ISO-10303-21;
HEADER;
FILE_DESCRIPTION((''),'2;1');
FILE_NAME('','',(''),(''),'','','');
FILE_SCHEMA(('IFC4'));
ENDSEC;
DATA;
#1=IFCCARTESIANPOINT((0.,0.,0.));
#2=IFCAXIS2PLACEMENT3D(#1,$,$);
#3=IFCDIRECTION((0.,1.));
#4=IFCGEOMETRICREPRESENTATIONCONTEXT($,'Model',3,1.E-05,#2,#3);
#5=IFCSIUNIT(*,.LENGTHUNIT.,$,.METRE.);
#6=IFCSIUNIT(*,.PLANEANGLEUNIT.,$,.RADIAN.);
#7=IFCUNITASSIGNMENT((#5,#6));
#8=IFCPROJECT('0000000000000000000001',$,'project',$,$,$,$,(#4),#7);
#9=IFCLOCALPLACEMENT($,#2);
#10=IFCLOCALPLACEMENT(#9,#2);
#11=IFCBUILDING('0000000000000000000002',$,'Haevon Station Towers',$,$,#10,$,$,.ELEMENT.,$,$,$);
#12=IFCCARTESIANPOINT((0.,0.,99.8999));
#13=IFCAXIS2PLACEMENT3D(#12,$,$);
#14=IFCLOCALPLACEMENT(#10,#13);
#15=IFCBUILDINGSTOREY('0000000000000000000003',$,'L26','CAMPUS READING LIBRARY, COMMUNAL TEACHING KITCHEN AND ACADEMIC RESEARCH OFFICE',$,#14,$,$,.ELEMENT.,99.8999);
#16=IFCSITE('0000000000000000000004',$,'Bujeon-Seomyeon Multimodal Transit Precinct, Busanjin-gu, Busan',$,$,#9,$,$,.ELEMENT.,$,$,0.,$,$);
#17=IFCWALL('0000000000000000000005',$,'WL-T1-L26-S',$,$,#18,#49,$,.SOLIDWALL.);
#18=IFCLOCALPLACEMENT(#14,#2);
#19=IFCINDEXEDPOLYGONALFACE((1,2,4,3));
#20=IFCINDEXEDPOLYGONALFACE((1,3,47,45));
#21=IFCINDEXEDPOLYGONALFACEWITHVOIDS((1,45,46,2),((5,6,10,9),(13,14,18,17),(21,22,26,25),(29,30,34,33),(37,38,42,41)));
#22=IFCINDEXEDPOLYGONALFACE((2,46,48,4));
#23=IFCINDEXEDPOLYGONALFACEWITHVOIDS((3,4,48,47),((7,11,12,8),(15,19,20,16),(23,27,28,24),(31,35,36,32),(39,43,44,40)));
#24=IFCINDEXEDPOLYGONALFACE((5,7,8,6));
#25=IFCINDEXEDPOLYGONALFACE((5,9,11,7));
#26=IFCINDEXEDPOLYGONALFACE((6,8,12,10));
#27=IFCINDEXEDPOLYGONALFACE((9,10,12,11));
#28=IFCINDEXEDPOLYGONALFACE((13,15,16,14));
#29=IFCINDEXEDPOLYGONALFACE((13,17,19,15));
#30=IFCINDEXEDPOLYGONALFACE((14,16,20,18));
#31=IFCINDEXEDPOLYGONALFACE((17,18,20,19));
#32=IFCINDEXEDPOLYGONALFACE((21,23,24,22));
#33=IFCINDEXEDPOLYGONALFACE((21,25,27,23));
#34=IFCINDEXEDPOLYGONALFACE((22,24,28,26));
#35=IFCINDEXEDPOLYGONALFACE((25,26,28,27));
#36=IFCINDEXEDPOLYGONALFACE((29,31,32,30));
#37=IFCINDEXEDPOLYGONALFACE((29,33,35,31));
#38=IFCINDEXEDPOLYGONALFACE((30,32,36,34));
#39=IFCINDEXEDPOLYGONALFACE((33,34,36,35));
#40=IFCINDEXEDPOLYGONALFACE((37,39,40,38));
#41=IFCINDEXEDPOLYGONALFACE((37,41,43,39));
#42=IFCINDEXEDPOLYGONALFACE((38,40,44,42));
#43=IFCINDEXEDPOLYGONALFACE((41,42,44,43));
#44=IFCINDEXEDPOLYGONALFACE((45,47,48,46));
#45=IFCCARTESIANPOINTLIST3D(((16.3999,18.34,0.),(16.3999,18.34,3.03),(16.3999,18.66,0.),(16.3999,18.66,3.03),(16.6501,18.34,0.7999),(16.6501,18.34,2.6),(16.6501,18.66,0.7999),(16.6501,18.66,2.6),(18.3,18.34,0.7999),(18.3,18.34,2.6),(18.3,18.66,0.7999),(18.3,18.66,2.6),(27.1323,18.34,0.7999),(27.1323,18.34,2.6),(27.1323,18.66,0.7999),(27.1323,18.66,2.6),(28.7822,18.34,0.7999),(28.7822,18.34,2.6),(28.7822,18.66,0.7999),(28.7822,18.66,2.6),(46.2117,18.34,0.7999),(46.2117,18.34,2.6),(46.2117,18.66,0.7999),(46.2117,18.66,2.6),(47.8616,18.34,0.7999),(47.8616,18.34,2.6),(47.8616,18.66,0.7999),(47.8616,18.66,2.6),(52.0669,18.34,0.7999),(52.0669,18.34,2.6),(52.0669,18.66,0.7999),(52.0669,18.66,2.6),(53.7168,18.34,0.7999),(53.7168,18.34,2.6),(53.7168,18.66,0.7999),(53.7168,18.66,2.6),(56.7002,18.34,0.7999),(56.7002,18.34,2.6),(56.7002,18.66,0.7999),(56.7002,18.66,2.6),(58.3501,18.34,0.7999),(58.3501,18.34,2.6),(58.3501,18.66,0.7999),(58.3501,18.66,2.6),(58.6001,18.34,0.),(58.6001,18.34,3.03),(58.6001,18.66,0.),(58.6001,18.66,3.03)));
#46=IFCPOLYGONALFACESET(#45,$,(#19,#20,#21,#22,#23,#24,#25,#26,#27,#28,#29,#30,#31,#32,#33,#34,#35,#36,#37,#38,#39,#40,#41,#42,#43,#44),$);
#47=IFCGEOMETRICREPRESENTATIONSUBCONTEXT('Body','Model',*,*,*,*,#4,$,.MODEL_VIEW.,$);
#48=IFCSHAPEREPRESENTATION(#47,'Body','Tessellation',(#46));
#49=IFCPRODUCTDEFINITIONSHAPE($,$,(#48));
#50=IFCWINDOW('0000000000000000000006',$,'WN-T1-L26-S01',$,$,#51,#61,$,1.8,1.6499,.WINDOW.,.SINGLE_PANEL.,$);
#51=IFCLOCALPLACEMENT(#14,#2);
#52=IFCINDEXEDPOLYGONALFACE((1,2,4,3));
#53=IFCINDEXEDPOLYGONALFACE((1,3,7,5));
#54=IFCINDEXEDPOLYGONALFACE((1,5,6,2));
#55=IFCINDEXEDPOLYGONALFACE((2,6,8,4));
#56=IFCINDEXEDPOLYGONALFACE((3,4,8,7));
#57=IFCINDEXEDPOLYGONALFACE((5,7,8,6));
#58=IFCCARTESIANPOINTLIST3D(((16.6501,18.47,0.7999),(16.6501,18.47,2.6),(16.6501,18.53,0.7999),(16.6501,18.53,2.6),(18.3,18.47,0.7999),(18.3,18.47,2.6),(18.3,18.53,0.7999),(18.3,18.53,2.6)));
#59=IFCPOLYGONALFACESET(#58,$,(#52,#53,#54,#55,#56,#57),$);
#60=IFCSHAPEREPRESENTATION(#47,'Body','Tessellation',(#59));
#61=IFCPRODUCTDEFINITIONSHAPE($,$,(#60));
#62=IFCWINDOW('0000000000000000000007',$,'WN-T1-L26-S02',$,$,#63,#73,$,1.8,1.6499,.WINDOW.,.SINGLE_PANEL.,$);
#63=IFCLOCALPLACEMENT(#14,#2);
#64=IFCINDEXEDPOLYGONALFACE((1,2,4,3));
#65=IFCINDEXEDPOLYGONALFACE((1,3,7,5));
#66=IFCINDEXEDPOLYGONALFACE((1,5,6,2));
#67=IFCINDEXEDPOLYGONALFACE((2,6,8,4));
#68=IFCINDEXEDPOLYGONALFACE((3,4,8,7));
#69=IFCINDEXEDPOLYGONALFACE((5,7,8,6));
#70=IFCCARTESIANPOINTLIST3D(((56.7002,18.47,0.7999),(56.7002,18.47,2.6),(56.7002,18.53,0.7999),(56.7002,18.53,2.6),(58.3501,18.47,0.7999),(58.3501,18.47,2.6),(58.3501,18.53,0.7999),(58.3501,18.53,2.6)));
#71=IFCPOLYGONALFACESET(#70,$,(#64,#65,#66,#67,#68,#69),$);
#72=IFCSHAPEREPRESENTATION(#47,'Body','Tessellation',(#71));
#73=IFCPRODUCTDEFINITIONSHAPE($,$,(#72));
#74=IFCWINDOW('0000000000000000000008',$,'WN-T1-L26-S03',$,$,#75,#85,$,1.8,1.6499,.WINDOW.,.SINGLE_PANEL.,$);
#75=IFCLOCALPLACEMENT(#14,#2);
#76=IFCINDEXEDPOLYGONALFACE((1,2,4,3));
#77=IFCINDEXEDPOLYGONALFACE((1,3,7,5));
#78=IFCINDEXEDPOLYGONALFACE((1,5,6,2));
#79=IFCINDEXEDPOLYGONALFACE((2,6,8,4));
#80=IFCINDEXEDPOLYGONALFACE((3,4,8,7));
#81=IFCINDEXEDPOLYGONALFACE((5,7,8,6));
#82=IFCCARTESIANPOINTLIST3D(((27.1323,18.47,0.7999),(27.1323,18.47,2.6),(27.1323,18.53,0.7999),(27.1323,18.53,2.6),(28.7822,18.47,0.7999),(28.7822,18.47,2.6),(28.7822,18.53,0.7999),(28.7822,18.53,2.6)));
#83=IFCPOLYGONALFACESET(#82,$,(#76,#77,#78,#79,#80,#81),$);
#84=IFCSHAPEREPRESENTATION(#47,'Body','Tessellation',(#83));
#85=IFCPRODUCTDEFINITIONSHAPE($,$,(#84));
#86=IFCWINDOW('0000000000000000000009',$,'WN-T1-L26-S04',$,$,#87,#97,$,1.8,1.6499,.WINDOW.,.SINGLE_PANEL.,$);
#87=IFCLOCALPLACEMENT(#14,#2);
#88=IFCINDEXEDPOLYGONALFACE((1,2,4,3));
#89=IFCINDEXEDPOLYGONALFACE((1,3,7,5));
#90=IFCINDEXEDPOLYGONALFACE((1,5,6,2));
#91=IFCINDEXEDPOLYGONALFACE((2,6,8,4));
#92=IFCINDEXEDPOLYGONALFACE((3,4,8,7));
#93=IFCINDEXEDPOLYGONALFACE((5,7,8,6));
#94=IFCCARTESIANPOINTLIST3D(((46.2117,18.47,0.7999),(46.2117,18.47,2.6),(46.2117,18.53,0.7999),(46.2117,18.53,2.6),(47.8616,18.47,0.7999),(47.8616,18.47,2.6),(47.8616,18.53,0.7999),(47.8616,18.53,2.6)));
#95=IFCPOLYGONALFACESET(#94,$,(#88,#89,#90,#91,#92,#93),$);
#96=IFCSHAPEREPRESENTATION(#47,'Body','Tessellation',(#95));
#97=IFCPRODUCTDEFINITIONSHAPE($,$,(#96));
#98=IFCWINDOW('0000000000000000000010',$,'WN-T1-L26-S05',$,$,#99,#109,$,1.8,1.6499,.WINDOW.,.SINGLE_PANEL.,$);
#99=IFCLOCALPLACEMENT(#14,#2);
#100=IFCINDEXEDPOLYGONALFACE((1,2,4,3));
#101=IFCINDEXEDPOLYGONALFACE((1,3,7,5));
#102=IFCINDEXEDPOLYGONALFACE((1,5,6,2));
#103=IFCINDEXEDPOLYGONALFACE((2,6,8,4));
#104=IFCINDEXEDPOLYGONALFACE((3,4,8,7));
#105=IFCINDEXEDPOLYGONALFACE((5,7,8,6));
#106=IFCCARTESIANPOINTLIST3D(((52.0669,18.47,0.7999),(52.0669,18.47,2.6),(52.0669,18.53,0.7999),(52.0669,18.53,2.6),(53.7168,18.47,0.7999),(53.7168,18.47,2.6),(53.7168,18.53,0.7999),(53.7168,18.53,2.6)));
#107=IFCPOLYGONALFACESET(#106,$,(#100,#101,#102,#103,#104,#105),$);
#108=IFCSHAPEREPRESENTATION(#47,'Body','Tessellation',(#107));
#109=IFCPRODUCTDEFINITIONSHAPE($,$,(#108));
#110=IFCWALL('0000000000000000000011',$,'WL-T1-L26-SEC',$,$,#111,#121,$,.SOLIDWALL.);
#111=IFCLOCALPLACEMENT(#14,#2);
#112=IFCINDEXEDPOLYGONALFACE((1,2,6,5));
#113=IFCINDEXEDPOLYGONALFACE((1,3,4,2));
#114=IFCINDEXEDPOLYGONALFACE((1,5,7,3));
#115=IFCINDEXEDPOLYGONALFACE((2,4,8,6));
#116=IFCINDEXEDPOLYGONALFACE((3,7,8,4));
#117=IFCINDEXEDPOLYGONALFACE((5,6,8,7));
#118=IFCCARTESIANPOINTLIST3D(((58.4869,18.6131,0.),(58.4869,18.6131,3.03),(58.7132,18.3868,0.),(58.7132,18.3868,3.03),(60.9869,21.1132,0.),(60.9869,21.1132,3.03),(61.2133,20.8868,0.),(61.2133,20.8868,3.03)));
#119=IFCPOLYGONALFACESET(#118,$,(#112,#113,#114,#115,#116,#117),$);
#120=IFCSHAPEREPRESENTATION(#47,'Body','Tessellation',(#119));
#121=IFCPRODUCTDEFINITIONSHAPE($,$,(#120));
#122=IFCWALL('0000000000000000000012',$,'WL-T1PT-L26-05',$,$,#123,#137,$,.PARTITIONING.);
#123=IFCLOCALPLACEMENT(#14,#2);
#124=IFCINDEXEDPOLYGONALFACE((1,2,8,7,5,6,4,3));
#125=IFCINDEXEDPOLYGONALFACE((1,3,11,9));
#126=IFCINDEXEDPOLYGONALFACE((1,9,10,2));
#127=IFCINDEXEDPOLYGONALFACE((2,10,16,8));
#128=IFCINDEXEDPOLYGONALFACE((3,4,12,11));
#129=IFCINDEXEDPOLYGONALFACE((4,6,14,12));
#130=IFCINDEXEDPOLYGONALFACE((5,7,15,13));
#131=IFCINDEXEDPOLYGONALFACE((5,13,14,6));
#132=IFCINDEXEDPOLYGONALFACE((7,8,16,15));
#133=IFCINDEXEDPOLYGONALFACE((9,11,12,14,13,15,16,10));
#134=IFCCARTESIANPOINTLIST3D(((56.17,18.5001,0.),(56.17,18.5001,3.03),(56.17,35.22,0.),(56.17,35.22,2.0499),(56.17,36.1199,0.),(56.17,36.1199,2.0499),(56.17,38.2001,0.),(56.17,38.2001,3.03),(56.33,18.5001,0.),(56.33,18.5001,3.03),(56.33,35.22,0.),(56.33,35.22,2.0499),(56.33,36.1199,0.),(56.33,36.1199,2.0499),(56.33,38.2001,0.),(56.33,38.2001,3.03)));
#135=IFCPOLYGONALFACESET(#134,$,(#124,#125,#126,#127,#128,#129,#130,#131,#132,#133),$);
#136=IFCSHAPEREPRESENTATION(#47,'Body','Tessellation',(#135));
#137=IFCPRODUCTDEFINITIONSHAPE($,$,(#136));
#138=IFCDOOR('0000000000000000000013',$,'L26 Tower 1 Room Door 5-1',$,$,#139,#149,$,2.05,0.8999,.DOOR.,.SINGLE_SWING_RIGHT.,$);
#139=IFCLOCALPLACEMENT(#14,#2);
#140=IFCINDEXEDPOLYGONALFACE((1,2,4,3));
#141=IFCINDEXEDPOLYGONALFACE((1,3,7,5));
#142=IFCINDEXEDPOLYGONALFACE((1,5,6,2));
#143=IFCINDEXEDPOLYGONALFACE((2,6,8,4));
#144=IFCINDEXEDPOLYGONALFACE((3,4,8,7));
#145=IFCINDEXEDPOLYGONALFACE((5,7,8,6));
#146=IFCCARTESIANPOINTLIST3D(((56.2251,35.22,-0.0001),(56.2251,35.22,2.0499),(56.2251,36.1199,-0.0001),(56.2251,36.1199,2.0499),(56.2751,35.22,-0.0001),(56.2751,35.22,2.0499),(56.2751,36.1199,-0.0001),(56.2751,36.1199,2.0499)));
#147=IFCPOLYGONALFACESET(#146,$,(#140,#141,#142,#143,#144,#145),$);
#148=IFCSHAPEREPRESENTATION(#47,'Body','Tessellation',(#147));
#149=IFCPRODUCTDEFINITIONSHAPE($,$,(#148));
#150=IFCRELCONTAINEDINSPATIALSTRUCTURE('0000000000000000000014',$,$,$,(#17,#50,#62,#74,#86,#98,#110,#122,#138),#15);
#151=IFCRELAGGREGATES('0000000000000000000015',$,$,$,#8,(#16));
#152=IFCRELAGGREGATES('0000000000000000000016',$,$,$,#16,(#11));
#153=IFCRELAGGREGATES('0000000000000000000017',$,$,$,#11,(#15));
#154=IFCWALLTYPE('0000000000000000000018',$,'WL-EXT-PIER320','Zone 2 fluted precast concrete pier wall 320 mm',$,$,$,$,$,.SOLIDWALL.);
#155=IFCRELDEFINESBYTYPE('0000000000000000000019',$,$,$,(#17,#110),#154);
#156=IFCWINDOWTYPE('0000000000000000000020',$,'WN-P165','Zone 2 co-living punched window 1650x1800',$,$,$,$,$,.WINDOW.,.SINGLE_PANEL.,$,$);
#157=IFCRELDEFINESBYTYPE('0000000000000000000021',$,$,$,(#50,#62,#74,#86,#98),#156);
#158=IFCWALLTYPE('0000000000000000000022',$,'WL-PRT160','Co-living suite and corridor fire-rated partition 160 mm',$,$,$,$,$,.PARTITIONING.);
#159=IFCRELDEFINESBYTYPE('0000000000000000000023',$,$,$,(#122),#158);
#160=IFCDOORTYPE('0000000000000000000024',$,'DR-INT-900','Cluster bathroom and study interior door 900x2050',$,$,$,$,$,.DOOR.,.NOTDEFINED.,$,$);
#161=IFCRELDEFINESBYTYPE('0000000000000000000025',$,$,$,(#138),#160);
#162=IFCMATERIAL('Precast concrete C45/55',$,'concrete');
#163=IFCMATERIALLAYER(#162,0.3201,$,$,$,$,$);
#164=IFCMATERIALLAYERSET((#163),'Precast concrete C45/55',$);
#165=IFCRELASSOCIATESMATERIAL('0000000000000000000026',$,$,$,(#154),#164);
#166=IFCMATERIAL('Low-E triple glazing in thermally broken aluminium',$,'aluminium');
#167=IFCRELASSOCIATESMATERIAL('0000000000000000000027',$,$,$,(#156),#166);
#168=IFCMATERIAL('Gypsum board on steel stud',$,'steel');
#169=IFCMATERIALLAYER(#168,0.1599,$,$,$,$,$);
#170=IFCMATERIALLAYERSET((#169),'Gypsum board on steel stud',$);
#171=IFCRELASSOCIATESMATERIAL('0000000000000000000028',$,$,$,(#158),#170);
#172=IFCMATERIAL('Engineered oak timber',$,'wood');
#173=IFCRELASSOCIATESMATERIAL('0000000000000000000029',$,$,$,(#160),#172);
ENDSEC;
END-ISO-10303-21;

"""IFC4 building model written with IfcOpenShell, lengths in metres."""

from ifc_helpers import new_model, si_unit, direction, frame, frame_2d, origin, place, context, subcontext, project, spatial, rectangle, extrude, material, layer, layer_set, type_object, element, fill, save


model = new_model("IFC4")

# Units and contexts
model_context = context("Model", 3, precision=1e-05, world=origin(), true_north=direction((0.0, 1.0)))
body_context = subcontext(model_context, "Body", "Model", "MODEL_VIEW")
ifc_project = project(units=[si_unit("LENGTHUNIT", "METRE"), si_unit("PLANEANGLEUNIT", "RADIAN")], contexts=[model_context])

# Site, building, storey
site_placement = place(None, origin())
site = spatial("IfcSite", under=ifc_project, at=site_placement, Name="Bujeon-Seomyeon Multimodal Transit Precinct, Busanjin-gu, Busan", CompositionType="ELEMENT", RefElevation=0.0)
building_placement = place(site_placement, origin())
building = spatial("IfcBuilding", under=site, at=building_placement, Name="Haevon Station Towers", CompositionType="ELEMENT")
storey_placement = place(building_placement, frame((0.0, 0.0, 99.8999)))
storey = spatial("IfcBuildingStorey", under=building, at=storey_placement, Name="L26", Description="CAMPUS READING LIBRARY, COMMUNAL TEACHING KITCHEN AND ACADEMIC RESEARCH OFFICE", CompositionType="ELEMENT", Elevation=99.8999)

# Wall, openings, windows
ifc_material_1 = material(Name="Precast concrete C45/55", Category="concrete")
ifc_layer_1 = layer(ifc_material_1, 0.3201)
ifc_layer_set_1 = layer_set([ifc_layer_1], Name="Precast concrete C45/55")
wall_type_1 = type_object("IfcWallType", Name="WL-EXT-PIER320", Description="Zone 2 fluted precast concrete pier wall 320 mm", PredefinedType="SOLIDWALL", material=ifc_layer_set_1)
wall_1_placement = place(storey_placement, frame((58.6001, 18.5, 0.0), z_axis=(0.0, 0.0, 1.0), x_axis=(-1.0, 0.0, 0.0)))
wall_1 = element("IfcWall", 1, at=wall_1_placement, inside=storey, type_object=wall_type_1, Name="WL-T1-L26-S", PredefinedType="SOLIDWALL", context=body_context, shape_type="SweptSolid", body=[
    extrude(rectangle(XDim=42.2002, YDim=0.3201, at=frame_2d((21.1001, 0.0))), origin(), (0.0, 0.0, 1.0), 3.03),
])
opening_1_placement = place(wall_1_placement, frame((40.3, 0.0, 0.8)))
opening_1 = element("IfcOpeningElement", 2, at=opening_1_placement, cuts=wall_1, PredefinedType="OPENING", context=body_context, shape_type="SweptSolid", body=[
    extrude(rectangle(XDim=1.6499, YDim=1.8, at=frame_2d((0.825, 0.8999))), frame((0.0, 0.1699, 0.0), z_axis=(0.0, -1.0, 0.0), x_axis=(1.0, 0.0, 0.0)), (0.0, 0.0, 1.0), 0.3401),
])
opening_2_placement = place(wall_1_placement, frame((0.25, 0.0, 0.8)))
opening_2 = element("IfcOpeningElement", 3, at=opening_2_placement, cuts=wall_1, PredefinedType="OPENING", context=body_context, shape_type="SweptSolid", body=[
    extrude(rectangle(XDim=1.6499, YDim=1.8, at=frame_2d((0.825, 0.8999))), frame((0.0, 0.1699, 0.0), z_axis=(0.0, -1.0, 0.0), x_axis=(1.0, 0.0, 0.0)), (0.0, 0.0, 1.0), 0.3401),
])
opening_3_placement = place(wall_1_placement, frame((29.8179, 0.0, 0.8)))
opening_3 = element("IfcOpeningElement", 4, at=opening_3_placement, cuts=wall_1, PredefinedType="OPENING", context=body_context, shape_type="SweptSolid", body=[
    extrude(rectangle(XDim=1.6499, YDim=1.8, at=frame_2d((0.825, 0.8999))), frame((0.0, 0.1699, 0.0), z_axis=(0.0, -1.0, 0.0), x_axis=(1.0, 0.0, 0.0)), (0.0, 0.0, 1.0), 0.3401),
])
opening_4_placement = place(wall_1_placement, frame((10.7385, 0.0, 0.8)))
opening_4 = element("IfcOpeningElement", 5, at=opening_4_placement, cuts=wall_1, PredefinedType="OPENING", context=body_context, shape_type="SweptSolid", body=[
    extrude(rectangle(XDim=1.6499, YDim=1.8, at=frame_2d((0.825, 0.8999))), frame((0.0, 0.1699, 0.0), z_axis=(0.0, -1.0, 0.0), x_axis=(1.0, 0.0, 0.0)), (0.0, 0.0, 1.0), 0.3401),
])
opening_5_placement = place(wall_1_placement, frame((4.8833, 0.0, 0.8)))
opening_5 = element("IfcOpeningElement", 6, at=opening_5_placement, cuts=wall_1, PredefinedType="OPENING", context=body_context, shape_type="SweptSolid", body=[
    extrude(rectangle(XDim=1.6499, YDim=1.8, at=frame_2d((0.825, 0.8999))), frame((0.0, 0.1699, 0.0), z_axis=(0.0, -1.0, 0.0), x_axis=(1.0, 0.0, 0.0)), (0.0, 0.0, 1.0), 0.3401),
])
ifc_material_2 = material(Name="Low-E triple glazing in thermally broken aluminium", Category="aluminium")
window_type = type_object("IfcWindowType", Name="WN-P165", Description="Zone 2 co-living punched window 1650x1800", PartitioningType="SINGLE_PANEL", PredefinedType="WINDOW", material=ifc_material_2)
window_1_placement = place(opening_1_placement, origin())
window_1 = element("IfcWindow", 7, at=window_1_placement, inside=storey, type_object=window_type, Name="WN-T1-L26-S01", OverallHeight=1.8, OverallWidth=1.6499, PartitioningType="SINGLE_PANEL", PredefinedType="WINDOW", context=body_context, shape_type="SweptSolid", body=[
    extrude(rectangle(XDim=1.6499, YDim=1.8, at=frame_2d((0.825, 0.8999))), frame((0.0, 0.03, 0.0), z_axis=(0.0, -1.0, 0.0), x_axis=(1.0, 0.0, 0.0)), (0.0, 0.0, 1.0), 0.0601),
])
fill(opening_1, window_1)
window_2_placement = place(opening_2_placement, origin())
window_2 = element("IfcWindow", 8, at=window_2_placement, inside=storey, type_object=window_type, Name="WN-T1-L26-S02", OverallHeight=1.8, OverallWidth=1.6499, PartitioningType="SINGLE_PANEL", PredefinedType="WINDOW", context=body_context, shape_type="SweptSolid", body=[
    extrude(rectangle(XDim=1.6499, YDim=1.8, at=frame_2d((0.825, 0.8999))), frame((0.0, 0.03, 0.0), z_axis=(0.0, -1.0, 0.0), x_axis=(1.0, 0.0, 0.0)), (0.0, 0.0, 1.0), 0.0601),
])
fill(opening_2, window_2)
window_3_placement = place(opening_3_placement, origin())
window_3 = element("IfcWindow", 9, at=window_3_placement, inside=storey, type_object=window_type, Name="WN-T1-L26-S03", OverallHeight=1.8, OverallWidth=1.6499, PartitioningType="SINGLE_PANEL", PredefinedType="WINDOW", context=body_context, shape_type="SweptSolid", body=[
    extrude(rectangle(XDim=1.6499, YDim=1.8, at=frame_2d((0.825, 0.8999))), frame((0.0, 0.03, 0.0), z_axis=(0.0, -1.0, 0.0), x_axis=(1.0, 0.0, 0.0)), (0.0, 0.0, 1.0), 0.0601),
])
fill(opening_3, window_3)
window_4_placement = place(opening_4_placement, origin())
window_4 = element("IfcWindow", 10, at=window_4_placement, inside=storey, type_object=window_type, Name="WN-T1-L26-S04", OverallHeight=1.8, OverallWidth=1.6499, PartitioningType="SINGLE_PANEL", PredefinedType="WINDOW", context=body_context, shape_type="SweptSolid", body=[
    extrude(rectangle(XDim=1.6499, YDim=1.8, at=frame_2d((0.825, 0.8999))), frame((0.0, 0.03, 0.0), z_axis=(0.0, -1.0, 0.0), x_axis=(1.0, 0.0, 0.0)), (0.0, 0.0, 1.0), 0.0601),
])
fill(opening_4, window_4)
window_5_placement = place(opening_5_placement, origin())
window_5 = element("IfcWindow", 11, at=window_5_placement, inside=storey, type_object=window_type, Name="WN-T1-L26-S05", OverallHeight=1.8, OverallWidth=1.6499, PartitioningType="SINGLE_PANEL", PredefinedType="WINDOW", context=body_context, shape_type="SweptSolid", body=[
    extrude(rectangle(XDim=1.6499, YDim=1.8, at=frame_2d((0.825, 0.8999))), frame((0.0, 0.03, 0.0), z_axis=(0.0, -1.0, 0.0), x_axis=(1.0, 0.0, 0.0)), (0.0, 0.0, 1.0), 0.0601),
])
fill(opening_5, window_5)

# Wall
wall_2_placement = place(storey_placement, frame((61.1001, 21.0, 0.0), z_axis=(0.0, 0.0, 1.0), x_axis=(-0.707107, -0.707107, 0.0)))
element("IfcWall", 12, at=wall_2_placement, inside=storey, type_object=wall_type_1, Name="WL-T1-L26-SEC", PredefinedType="SOLIDWALL", context=body_context, shape_type="SweptSolid", body=[
    extrude(rectangle(XDim=3.5356, YDim=0.3201, at=frame_2d((1.7678, 0.0))), origin(), (0.0, 0.0, 1.0), 3.03),
])

# Wall, opening, door
ifc_material_3 = material(Name="Gypsum board on steel stud", Category="steel")
ifc_layer_2 = layer(ifc_material_3, 0.1599)
ifc_layer_set_2 = layer_set([ifc_layer_2], Name="Gypsum board on steel stud")
wall_type_2 = type_object("IfcWallType", Name="WL-PRT160", Description="Co-living suite and corridor fire-rated partition 160 mm", PredefinedType="PARTITIONING", material=ifc_layer_set_2)
wall_3_placement = place(storey_placement, frame((56.25, 18.5, 0.0), z_axis=(0.0, 0.0, 1.0), x_axis=(0.0, 1.0, 0.0)))
wall_3 = element("IfcWall", 13, at=wall_3_placement, inside=storey, type_object=wall_type_2, Name="WL-T1PT-L26-05", PredefinedType="PARTITIONING", context=body_context, shape_type="SweptSolid", body=[
    extrude(rectangle(XDim=19.7, YDim=0.1599, at=frame_2d((9.8501, 0.0))), origin(), (0.0, 0.0, 1.0), 3.03),
])
opening_6_placement = place(wall_3_placement, frame((16.72, 0.0, 0.0)))
opening_6 = element("IfcOpeningElement", 14, at=opening_6_placement, cuts=wall_3, PredefinedType="OPENING", context=body_context, shape_type="SweptSolid", body=[
    extrude(rectangle(XDim=0.8999, YDim=2.05, at=frame_2d((0.45, 1.0249))), frame((0.0, 0.0898, 0.0), z_axis=(0.0, -1.0, 0.0), x_axis=(1.0, 0.0, 0.0)), (0.0, 0.0, 1.0), 0.1799),
])
ifc_material_4 = material(Name="Engineered oak timber", Category="wood")
door_type = type_object("IfcDoorType", Name="DR-INT-900", Description="Cluster bathroom and study interior door 900x2050", OperationType="NOTDEFINED", PredefinedType="DOOR", material=ifc_material_4)
door_placement = place(opening_6_placement, origin())
door = element("IfcDoor", 15, at=door_placement, inside=storey, type_object=door_type, Name="L26 Tower 1 Room Door 5-1", OperationType="SINGLE_SWING_RIGHT", OverallHeight=2.05, OverallWidth=0.8999, PredefinedType="DOOR", context=body_context, shape_type="SweptSolid", body=[
    extrude(rectangle(XDim=0.8999, YDim=2.05, at=frame_2d((0.45, 1.0249))), frame((0.0, 0.0249, 0.0), z_axis=(0.0, -1.0, 0.0), x_axis=(1.0, 0.0, 0.0)), (0.0, 0.0, 1.0), 0.05),
])
fill(opening_6, door)

save(model, "model.ifc")
